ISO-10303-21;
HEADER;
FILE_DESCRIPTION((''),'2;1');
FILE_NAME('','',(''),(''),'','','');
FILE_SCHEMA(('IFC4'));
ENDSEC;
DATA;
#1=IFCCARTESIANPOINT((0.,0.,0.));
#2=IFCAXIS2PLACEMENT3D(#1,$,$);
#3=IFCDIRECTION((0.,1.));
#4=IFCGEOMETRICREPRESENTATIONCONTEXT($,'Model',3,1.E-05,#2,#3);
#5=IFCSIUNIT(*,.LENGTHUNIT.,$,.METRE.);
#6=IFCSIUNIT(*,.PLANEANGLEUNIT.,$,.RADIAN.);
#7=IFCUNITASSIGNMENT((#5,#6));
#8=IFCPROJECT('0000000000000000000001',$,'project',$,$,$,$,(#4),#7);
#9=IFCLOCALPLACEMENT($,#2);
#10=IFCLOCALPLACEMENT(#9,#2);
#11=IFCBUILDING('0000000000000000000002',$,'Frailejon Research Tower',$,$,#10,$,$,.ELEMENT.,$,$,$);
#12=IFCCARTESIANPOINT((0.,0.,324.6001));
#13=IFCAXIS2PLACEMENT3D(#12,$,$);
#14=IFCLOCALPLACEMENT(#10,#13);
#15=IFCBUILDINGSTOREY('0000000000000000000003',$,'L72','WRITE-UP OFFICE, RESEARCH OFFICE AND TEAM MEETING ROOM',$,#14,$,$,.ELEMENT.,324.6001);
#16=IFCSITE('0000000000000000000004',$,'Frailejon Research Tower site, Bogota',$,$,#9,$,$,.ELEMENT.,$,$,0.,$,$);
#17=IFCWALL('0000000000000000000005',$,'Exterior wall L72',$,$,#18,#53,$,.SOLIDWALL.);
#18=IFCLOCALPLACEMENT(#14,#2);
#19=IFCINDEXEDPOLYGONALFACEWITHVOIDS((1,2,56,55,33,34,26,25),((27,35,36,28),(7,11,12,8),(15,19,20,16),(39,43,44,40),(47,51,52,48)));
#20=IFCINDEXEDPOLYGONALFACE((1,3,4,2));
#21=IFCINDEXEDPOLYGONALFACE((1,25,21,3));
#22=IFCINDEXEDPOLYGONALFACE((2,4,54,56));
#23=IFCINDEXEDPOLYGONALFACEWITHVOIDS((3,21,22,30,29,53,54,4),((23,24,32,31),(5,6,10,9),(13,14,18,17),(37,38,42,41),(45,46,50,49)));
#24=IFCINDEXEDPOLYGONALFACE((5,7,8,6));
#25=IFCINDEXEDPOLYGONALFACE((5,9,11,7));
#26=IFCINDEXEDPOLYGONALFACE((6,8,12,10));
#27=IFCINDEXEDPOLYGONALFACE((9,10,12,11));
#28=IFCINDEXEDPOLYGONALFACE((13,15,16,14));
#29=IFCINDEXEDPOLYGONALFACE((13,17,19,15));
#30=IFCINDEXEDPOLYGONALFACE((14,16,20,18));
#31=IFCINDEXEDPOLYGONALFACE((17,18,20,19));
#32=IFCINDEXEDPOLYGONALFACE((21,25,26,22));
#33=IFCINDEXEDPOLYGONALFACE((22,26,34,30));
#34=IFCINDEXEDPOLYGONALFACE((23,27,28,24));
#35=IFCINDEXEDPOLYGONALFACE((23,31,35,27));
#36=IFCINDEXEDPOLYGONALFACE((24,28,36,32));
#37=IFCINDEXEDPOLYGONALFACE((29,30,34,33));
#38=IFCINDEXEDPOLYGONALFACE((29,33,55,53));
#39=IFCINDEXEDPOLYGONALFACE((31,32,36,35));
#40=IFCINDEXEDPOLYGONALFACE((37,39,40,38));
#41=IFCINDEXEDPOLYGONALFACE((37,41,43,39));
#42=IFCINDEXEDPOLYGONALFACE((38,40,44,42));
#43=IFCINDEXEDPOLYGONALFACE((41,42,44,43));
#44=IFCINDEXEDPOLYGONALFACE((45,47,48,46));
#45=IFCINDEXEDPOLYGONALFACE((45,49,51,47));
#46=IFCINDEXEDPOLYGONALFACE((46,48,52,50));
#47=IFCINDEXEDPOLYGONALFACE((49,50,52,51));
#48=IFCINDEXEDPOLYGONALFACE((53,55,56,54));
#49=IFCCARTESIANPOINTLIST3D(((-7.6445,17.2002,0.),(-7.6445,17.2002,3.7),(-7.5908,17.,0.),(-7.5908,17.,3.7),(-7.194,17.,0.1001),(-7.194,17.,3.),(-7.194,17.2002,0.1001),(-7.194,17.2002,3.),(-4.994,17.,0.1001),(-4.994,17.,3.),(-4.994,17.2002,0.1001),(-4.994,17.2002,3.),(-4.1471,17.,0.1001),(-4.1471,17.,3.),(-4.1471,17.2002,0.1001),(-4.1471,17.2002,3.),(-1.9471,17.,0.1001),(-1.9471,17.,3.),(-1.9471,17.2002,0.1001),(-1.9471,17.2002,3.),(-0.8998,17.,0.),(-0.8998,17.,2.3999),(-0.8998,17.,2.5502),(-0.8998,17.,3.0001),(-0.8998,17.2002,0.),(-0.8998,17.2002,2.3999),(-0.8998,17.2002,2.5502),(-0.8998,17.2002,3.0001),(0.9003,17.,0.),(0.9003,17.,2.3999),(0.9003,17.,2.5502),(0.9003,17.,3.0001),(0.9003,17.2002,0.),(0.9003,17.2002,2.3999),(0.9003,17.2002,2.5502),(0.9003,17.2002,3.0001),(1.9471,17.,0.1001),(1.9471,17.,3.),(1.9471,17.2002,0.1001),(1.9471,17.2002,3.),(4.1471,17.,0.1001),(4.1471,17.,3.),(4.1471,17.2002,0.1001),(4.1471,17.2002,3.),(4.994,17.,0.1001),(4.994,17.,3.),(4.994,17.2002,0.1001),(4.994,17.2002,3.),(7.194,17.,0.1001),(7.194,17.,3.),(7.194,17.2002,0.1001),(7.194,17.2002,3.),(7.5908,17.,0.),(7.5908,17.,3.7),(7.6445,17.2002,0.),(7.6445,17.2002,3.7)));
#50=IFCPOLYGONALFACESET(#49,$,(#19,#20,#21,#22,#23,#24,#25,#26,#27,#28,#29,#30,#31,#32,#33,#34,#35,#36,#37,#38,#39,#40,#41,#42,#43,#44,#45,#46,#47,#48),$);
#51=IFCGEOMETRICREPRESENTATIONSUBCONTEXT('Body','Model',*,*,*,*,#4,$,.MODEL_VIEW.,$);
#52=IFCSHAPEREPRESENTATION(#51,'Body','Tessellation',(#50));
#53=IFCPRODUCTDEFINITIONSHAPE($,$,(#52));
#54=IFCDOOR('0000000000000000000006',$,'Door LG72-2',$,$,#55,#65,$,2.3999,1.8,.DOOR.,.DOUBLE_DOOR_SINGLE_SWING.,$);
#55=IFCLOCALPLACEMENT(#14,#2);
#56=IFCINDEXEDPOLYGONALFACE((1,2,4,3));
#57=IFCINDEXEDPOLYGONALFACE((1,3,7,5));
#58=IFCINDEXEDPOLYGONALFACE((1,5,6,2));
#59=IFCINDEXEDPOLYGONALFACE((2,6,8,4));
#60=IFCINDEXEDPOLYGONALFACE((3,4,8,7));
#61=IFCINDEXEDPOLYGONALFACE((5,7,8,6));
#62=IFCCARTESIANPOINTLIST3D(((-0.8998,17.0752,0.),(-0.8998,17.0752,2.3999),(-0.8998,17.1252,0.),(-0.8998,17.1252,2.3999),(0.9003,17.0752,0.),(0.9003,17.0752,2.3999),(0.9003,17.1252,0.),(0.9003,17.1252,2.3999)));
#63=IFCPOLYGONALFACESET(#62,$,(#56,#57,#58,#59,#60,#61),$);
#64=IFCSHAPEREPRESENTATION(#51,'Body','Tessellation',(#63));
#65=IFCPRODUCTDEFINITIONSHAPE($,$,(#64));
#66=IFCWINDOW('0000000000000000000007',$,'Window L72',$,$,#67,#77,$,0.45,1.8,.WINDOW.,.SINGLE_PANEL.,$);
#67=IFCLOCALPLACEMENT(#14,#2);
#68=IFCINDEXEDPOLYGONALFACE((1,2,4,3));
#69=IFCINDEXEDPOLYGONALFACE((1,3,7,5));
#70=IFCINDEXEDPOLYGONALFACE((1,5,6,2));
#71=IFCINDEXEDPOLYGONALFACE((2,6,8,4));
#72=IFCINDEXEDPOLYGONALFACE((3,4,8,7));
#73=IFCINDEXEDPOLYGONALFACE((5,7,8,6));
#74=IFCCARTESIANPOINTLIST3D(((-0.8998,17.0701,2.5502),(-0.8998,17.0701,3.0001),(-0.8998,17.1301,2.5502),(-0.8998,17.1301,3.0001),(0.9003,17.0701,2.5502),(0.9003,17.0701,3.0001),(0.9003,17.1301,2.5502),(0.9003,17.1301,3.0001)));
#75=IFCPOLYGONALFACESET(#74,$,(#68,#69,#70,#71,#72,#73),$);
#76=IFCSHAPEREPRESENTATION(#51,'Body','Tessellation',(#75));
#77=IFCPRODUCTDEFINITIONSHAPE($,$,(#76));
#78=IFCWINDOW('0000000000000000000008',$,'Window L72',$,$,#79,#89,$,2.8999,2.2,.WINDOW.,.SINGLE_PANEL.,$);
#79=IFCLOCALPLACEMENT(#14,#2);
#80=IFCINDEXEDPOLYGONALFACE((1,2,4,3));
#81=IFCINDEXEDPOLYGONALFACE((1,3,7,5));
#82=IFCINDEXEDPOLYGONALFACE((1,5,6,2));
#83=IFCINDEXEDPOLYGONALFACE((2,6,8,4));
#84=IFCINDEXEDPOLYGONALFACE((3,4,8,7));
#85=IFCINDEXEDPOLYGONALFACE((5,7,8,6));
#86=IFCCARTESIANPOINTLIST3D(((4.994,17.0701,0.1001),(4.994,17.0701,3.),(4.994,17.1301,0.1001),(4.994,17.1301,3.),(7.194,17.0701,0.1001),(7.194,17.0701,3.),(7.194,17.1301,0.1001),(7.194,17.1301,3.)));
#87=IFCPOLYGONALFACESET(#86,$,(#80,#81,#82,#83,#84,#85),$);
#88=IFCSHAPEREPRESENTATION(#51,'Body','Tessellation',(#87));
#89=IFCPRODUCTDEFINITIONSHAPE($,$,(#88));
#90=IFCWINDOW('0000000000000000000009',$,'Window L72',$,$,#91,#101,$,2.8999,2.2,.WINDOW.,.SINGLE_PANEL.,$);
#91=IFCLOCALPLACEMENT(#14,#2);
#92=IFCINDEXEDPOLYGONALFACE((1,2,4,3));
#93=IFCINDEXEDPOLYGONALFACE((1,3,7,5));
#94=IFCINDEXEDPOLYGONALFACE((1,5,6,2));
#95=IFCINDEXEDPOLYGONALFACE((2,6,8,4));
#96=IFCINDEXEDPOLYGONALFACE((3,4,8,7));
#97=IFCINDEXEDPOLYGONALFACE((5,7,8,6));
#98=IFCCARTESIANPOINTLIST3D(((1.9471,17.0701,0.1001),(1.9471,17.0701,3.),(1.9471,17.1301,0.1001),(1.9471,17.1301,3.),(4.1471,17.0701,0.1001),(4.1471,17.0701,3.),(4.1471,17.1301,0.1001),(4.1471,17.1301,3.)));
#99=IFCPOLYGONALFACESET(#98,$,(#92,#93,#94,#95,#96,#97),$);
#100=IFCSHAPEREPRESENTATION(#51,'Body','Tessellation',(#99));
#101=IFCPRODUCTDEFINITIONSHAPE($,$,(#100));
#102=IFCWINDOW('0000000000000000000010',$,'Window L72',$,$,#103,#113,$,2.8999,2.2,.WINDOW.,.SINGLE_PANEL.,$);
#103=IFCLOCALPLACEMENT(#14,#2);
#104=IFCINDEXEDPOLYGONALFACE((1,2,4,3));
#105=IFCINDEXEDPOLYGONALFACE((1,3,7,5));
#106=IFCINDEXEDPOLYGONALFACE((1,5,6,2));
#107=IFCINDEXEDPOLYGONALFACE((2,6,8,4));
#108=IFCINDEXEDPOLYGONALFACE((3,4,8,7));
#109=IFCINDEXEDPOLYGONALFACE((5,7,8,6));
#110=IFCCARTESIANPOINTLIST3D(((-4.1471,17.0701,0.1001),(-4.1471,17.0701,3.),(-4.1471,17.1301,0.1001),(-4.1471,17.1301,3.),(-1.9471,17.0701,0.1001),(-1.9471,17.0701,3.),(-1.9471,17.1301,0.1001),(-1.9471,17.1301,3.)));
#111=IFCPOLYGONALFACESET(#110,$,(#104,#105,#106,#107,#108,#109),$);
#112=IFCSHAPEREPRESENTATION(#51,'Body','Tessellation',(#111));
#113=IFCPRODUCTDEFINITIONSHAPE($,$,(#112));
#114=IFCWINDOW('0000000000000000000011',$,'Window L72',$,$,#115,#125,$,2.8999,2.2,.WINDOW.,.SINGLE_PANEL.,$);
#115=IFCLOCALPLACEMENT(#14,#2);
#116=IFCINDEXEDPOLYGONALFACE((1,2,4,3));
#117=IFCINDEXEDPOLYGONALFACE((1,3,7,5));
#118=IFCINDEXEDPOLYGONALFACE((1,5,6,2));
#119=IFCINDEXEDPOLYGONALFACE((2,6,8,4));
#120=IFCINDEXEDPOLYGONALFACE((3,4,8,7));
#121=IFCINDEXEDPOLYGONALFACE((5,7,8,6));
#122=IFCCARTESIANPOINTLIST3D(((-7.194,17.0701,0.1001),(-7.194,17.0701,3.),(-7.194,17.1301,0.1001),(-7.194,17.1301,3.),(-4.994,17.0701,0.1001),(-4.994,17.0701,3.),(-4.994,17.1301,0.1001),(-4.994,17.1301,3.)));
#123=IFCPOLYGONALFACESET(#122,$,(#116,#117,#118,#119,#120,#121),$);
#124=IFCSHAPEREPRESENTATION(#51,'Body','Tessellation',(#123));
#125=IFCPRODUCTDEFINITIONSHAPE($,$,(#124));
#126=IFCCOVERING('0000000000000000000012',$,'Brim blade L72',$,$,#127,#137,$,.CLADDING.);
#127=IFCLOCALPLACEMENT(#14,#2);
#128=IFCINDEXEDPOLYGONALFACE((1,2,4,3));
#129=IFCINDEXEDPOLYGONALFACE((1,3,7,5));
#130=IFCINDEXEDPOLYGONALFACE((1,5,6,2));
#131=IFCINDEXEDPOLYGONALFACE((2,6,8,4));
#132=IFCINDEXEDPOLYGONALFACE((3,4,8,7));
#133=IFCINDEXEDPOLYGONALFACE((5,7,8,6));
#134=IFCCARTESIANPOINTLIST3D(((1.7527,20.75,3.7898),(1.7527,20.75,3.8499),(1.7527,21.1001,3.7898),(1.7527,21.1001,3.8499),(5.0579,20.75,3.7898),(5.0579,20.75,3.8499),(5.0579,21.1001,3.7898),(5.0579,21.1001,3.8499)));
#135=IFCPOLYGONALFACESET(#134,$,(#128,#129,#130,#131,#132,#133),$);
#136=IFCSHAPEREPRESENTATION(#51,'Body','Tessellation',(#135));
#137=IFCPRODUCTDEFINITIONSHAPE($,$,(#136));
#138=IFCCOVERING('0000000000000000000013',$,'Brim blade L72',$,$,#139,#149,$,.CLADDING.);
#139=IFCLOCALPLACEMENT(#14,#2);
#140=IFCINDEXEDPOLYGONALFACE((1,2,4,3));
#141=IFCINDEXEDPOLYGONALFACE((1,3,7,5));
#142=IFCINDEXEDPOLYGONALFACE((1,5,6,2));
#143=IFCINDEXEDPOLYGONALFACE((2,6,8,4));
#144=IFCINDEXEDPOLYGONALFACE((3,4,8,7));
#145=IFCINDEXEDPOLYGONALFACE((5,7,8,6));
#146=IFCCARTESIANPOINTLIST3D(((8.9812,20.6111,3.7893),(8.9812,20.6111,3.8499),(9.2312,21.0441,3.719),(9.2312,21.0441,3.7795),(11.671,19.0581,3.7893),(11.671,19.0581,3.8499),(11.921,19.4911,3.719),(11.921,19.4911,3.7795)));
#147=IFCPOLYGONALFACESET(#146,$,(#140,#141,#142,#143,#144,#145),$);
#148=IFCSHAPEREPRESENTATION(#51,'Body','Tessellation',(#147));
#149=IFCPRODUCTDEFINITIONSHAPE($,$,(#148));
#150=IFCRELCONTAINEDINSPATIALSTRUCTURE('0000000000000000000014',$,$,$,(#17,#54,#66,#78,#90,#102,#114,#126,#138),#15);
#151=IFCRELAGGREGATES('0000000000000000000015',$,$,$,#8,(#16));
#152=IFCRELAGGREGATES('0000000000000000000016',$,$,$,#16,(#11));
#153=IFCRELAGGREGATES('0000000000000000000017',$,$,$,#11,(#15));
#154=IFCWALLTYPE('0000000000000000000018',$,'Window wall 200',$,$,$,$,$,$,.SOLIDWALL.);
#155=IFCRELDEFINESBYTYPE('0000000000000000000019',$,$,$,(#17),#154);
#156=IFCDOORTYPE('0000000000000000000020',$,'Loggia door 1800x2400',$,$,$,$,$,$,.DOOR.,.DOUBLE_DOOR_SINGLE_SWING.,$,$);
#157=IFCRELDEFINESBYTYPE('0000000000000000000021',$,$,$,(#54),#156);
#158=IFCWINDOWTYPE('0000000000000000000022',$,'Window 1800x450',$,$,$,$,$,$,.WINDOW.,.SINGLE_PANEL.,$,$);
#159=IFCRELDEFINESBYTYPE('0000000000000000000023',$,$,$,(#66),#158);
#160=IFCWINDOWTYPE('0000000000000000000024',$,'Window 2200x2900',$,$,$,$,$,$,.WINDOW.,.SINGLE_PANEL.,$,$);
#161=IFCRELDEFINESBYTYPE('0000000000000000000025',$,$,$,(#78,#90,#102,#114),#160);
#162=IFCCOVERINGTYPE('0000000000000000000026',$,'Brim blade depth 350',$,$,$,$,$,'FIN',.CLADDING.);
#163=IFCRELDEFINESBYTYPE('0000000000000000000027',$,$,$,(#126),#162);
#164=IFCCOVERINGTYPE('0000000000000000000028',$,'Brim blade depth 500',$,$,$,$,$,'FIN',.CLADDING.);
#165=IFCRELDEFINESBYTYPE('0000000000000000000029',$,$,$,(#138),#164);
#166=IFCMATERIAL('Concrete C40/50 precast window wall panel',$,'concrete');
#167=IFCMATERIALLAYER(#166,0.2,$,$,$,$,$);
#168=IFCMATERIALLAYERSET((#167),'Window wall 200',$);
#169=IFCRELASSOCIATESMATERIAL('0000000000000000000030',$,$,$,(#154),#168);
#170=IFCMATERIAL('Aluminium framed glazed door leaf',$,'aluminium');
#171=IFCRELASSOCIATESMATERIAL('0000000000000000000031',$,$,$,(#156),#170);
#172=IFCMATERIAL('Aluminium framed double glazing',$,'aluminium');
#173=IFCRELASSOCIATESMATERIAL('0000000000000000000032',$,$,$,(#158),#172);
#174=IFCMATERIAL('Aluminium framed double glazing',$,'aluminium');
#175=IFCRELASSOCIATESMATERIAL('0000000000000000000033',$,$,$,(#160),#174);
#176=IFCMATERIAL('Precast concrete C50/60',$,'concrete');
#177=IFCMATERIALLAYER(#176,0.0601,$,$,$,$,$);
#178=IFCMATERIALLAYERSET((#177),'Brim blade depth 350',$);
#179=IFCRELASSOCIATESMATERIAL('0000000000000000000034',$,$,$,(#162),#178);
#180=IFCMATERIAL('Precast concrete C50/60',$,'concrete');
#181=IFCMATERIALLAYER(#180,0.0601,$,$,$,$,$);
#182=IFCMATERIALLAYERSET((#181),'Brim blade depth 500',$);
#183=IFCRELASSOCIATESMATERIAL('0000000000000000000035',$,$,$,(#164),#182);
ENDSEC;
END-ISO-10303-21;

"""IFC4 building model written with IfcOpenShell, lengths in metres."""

from ifc_helpers import new_model, si_unit, direction, frame, frame_2d, origin, place, context, subcontext, project, spatial, polyline, rectangle, outline, extrude, material, layer, layer_set, type_object, element, fill, save


model = new_model("IFC4")

# Units and contexts
model_context = context("Model", 3, precision=1e-05, world=origin(), true_north=direction((0.0, 1.0)))
body_context = subcontext(model_context, "Body", "Model", "MODEL_VIEW")
ifc_project = project(units=[si_unit("LENGTHUNIT", "METRE"), si_unit("PLANEANGLEUNIT", "RADIAN")], contexts=[model_context])

# Site, building, storey
site_placement = place(None, origin())
site = spatial("IfcSite", under=ifc_project, at=site_placement, Name="Frailejon Research Tower site, Bogota", CompositionType="ELEMENT", RefElevation=0.0)
building_placement = place(site_placement, origin())
building = spatial("IfcBuilding", under=site, at=building_placement, Name="Frailejon Research Tower", CompositionType="ELEMENT")
storey_placement = place(building_placement, frame((0.0, 0.0, 324.6001)))
storey = spatial("IfcBuildingStorey", under=building, at=storey_placement, Name="L72", Description="WRITE-UP OFFICE, RESEARCH OFFICE AND TEAM MEETING ROOM", CompositionType="ELEMENT", Elevation=324.6001)

# Wall, openings, door, windows
ifc_material_1 = material(Name="Concrete C40/50 precast window wall panel", Category="concrete")
ifc_layer_1 = layer(ifc_material_1, 0.2)
ifc_layer_set_1 = layer_set([ifc_layer_1], Name="Window wall 200")
wall_type = type_object("IfcWallType", Name="Window wall 200", PredefinedType="SOLIDWALL", material=ifc_layer_set_1)
wall_placement = place(storey_placement, frame((7.6177, 17.1001, 0.0), z_axis=(0.0, 0.0, 1.0), x_axis=(-1.0, 0.0, 0.0)))
wall = element("IfcWall", 1, at=wall_placement, inside=storey, type_object=wall_type, Name="Exterior wall L72", PredefinedType="SOLIDWALL", context=body_context, shape_type="SweptSolid", body=[
    extrude(outline(polyline([(-0.0269, -0.1001), (0.9924, -0.1001), (2.0117, -0.1001), (3.031, -0.1001), (4.0503, -0.1001), (5.0696, -0.1001), (6.0889, -0.1001), (7.1082, -0.1001), (8.1272, -0.1001), (9.1465, -0.1001), (10.1658, -0.1001), (11.1851, -0.1001), (12.2043, -0.1001), (13.2236, -0.1001), (14.2429, -0.1001), (15.2622, -0.1001), (15.2085, 0.1001), (14.1963, 0.1001), (13.1843, 0.1001), (12.1721, 0.1001), (11.1602, 0.1001), (10.1479, 0.1001), (9.1357, 0.1001), (8.1238, 0.1001), (7.1116, 0.1001), (6.0996, 0.1001), (5.0874, 0.1001), (4.0752, 0.1001), (3.0632, 0.1001), (2.051, 0.1001), (1.0391, 0.1001), (0.0269, 0.1001), (-0.0269, -0.1001)])), origin(), (0.0, 0.0, 1.0), 3.7),
])
opening_1_placement = place(wall_placement, frame((0.4236, 0.0, 0.1001)))
opening_1 = element("IfcOpeningElement", 2, at=opening_1_placement, cuts=wall, PredefinedType="OPENING", context=body_context, shape_type="SweptSolid", body=[
    extrude(rectangle(XDim=2.2, YDim=2.8999, at=frame_2d((1.1001, 1.45))), frame((0.0, 0.1099, 0.0), z_axis=(0.0, -1.0, 0.0), x_axis=(1.0, 0.0, 0.0)), (0.0, 0.0, 1.0), 0.22),
])
opening_2_placement = place(wall_placement, frame((3.4705, 0.0, 0.1001)))
opening_2 = element("IfcOpeningElement", 3, at=opening_2_placement, cuts=wall, PredefinedType="OPENING", context=body_context, shape_type="SweptSolid", body=[
    extrude(rectangle(XDim=2.2, YDim=2.8999, at=frame_2d((1.1001, 1.45))), frame((0.0, 0.1099, 0.0), z_axis=(0.0, -1.0, 0.0), x_axis=(1.0, 0.0, 0.0)), (0.0, 0.0, 1.0), 0.22),
])
opening_3_placement = place(wall_placement, frame((6.7175, 0.0, 0.0)))
opening_3 = element("IfcOpeningElement", 4, at=opening_3_placement, cuts=wall, PredefinedType="OPENING", context=body_context, shape_type="SweptSolid", body=[
    extrude(rectangle(XDim=1.8, YDim=2.3999, at=frame_2d((0.8999, 1.2))), frame((0.0, 0.1099, 0.0), z_axis=(0.0, -1.0, 0.0), x_axis=(1.0, 0.0, 0.0)), (0.0, 0.0, 1.0), 0.22),
])
opening_4_placement = place(wall_placement, frame((6.7175, 0.0, 2.55)))
opening_4 = element("IfcOpeningElement", 5, at=opening_4_placement, cuts=wall, PredefinedType="OPENING", context=body_context, shape_type="SweptSolid", body=[
    extrude(rectangle(XDim=1.8, YDim=0.45, at=frame_2d((0.8999, 0.2251))), frame((0.0, 0.1099, 0.0), z_axis=(0.0, -1.0, 0.0), x_axis=(1.0, 0.0, 0.0)), (0.0, 0.0, 1.0), 0.22),
])
opening_5_placement = place(wall_placement, frame((9.5647, 0.0, 0.1001)))
opening_5 = element("IfcOpeningElement", 6, at=opening_5_placement, cuts=wall, PredefinedType="OPENING", context=body_context, shape_type="SweptSolid", body=[
    extrude(rectangle(XDim=2.2, YDim=2.8999, at=frame_2d((1.1001, 1.45))), frame((0.0, 0.1099, 0.0), z_axis=(0.0, -1.0, 0.0), x_axis=(1.0, 0.0, 0.0)), (0.0, 0.0, 1.0), 0.22),
])
opening_6_placement = place(wall_placement, frame((12.6116, 0.0, 0.1001)))
opening_6 = element("IfcOpeningElement", 7, at=opening_6_placement, cuts=wall, PredefinedType="OPENING", context=body_context, shape_type="SweptSolid", body=[
    extrude(rectangle(XDim=2.2, YDim=2.8999, at=frame_2d((1.1001, 1.45))), frame((0.0, 0.1099, 0.0), z_axis=(0.0, -1.0, 0.0), x_axis=(1.0, 0.0, 0.0)), (0.0, 0.0, 1.0), 0.22),
])
ifc_material_2 = material(Name="Aluminium framed glazed door leaf", Category="aluminium")
door_type = type_object("IfcDoorType", Name="Loggia door 1800x2400", OperationType="DOUBLE_DOOR_SINGLE_SWING", PredefinedType="DOOR", material=ifc_material_2)
door_placement = place(opening_3_placement, origin())
door = element("IfcDoor", 8, at=door_placement, inside=storey, type_object=door_type, Name="Door LG72-2", OperationType="DOUBLE_DOOR_SINGLE_SWING", OverallHeight=2.3999, OverallWidth=1.8, PredefinedType="DOOR", context=body_context, shape_type="SweptSolid", body=[
    extrude(rectangle(XDim=1.8, YDim=2.3999, at=frame_2d((0.8999, 1.2))), frame((0.0, 0.0249, 0.0), z_axis=(0.0, -1.0, 0.0), x_axis=(1.0, 0.0, 0.0)), (0.0, 0.0, 1.0), 0.05),
])
fill(opening_3, door)
ifc_material_3 = material(Name="Aluminium framed double glazing", Category="aluminium")
window_type_1 = type_object("IfcWindowType", Name="Window 1800x450", PartitioningType="SINGLE_PANEL", PredefinedType="WINDOW", material=ifc_material_3)
window_1_placement = place(opening_4_placement, origin())
window_1 = element("IfcWindow", 9, at=window_1_placement, inside=storey, type_object=window_type_1, Name="Window L72", OverallHeight=0.45, OverallWidth=1.8, PartitioningType="SINGLE_PANEL", PredefinedType="WINDOW", context=body_context, shape_type="SweptSolid", body=[
    extrude(rectangle(XDim=1.8, YDim=0.45, at=frame_2d((0.8999, 0.2251))), frame((0.0, 0.03, 0.0), z_axis=(0.0, -1.0, 0.0), x_axis=(1.0, 0.0, 0.0)), (0.0, 0.0, 1.0), 0.0601),
])
fill(opening_4, window_1)
ifc_material_4 = material(Name="Aluminium framed double glazing", Category="aluminium")
window_type_2 = type_object("IfcWindowType", Name="Window 2200x2900", PartitioningType="SINGLE_PANEL", PredefinedType="WINDOW", material=ifc_material_4)
window_2_placement = place(opening_1_placement, origin())
window_2 = element("IfcWindow", 10, at=window_2_placement, inside=storey, type_object=window_type_2, Name="Window L72", OverallHeight=2.8999, OverallWidth=2.2, PartitioningType="SINGLE_PANEL", PredefinedType="WINDOW", context=body_context, shape_type="SweptSolid", body=[
    extrude(rectangle(XDim=2.2, YDim=2.8999, at=frame_2d((1.1001, 1.45))), frame((0.0, 0.03, 0.0), z_axis=(0.0, -1.0, 0.0), x_axis=(1.0, 0.0, 0.0)), (0.0, 0.0, 1.0), 0.0601),
])
fill(opening_1, window_2)
window_3_placement = place(opening_2_placement, origin())
window_3 = element("IfcWindow", 11, at=window_3_placement, inside=storey, type_object=window_type_2, Name="Window L72", OverallHeight=2.8999, OverallWidth=2.2, PartitioningType="SINGLE_PANEL", PredefinedType="WINDOW", context=body_context, shape_type="SweptSolid", body=[
    extrude(rectangle(XDim=2.2, YDim=2.8999, at=frame_2d((1.1001, 1.45))), frame((0.0, 0.03, 0.0), z_axis=(0.0, -1.0, 0.0), x_axis=(1.0, 0.0, 0.0)), (0.0, 0.0, 1.0), 0.0601),
])
fill(opening_2, window_3)
window_4_placement = place(opening_5_placement, origin())
window_4 = element("IfcWindow", 12, at=window_4_placement, inside=storey, type_object=window_type_2, Name="Window L72", OverallHeight=2.8999, OverallWidth=2.2, PartitioningType="SINGLE_PANEL", PredefinedType="WINDOW", context=body_context, shape_type="SweptSolid", body=[
    extrude(rectangle(XDim=2.2, YDim=2.8999, at=frame_2d((1.1001, 1.45))), frame((0.0, 0.03, 0.0), z_axis=(0.0, -1.0, 0.0), x_axis=(1.0, 0.0, 0.0)), (0.0, 0.0, 1.0), 0.0601),
])
fill(opening_5, window_4)
window_5_placement = place(opening_6_placement, origin())
window_5 = element("IfcWindow", 13, at=window_5_placement, inside=storey, type_object=window_type_2, Name="Window L72", OverallHeight=2.8999, OverallWidth=2.2, PartitioningType="SINGLE_PANEL", PredefinedType="WINDOW", context=body_context, shape_type="SweptSolid", body=[
    extrude(rectangle(XDim=2.2, YDim=2.8999, at=frame_2d((1.1001, 1.45))), frame((0.0, 0.03, 0.0), z_axis=(0.0, -1.0, 0.0), x_axis=(1.0, 0.0, 0.0)), (0.0, 0.0, 1.0), 0.0601),
])
fill(opening_6, window_5)

# Coverings
ifc_material_5 = material(Name="Precast concrete C50/60", Category="concrete")
ifc_layer_2 = layer(ifc_material_5, 0.0601)
ifc_layer_set_2 = layer_set([ifc_layer_2], Name="Brim blade depth 350")
covering_type_1 = type_object("IfcCoveringType", Name="Brim blade depth 350", ElementType="FIN", PredefinedType="CLADDING", material=ifc_layer_set_2)
covering_1_placement = place(storey_placement, frame((1.7527, 20.75, 3.8499), z_axis=(1.0, 0.0, 0.0), x_axis=(0.0, 1.0, 0.0)))
element("IfcCovering", 14, at=covering_1_placement, inside=storey, type_object=covering_type_1, Name="Brim blade L72", PredefinedType="CLADDING", context=body_context, shape_type="SweptSolid", body=[
    extrude(outline(polyline([(0.0, -0.0601), (0.3501, -0.0601), (0.3501, 0.0), (0.0, 0.0), (0.0, -0.0601)])), origin(), (0.0, 0.0, 1.0), 3.3052),
])
ifc_material_6 = material(Name="Precast concrete C50/60", Category="concrete")
ifc_layer_3 = layer(ifc_material_6, 0.0601)
ifc_layer_set_3 = layer_set([ifc_layer_3], Name="Brim blade depth 500")
covering_type_2 = type_object("IfcCoveringType", Name="Brim blade depth 500", ElementType="FIN", PredefinedType="CLADDING", material=ifc_layer_set_3)
covering_2_placement = place(storey_placement, frame((8.9812, 20.6111, 3.8499), z_axis=(0.866027, -0.499997, 0.0), x_axis=(0.499997, 0.866027, 0.0)))
element("IfcCovering", 15, at=covering_2_placement, inside=storey, type_object=covering_type_2, Name="Brim blade L72", PredefinedType="CLADDING", context=body_context, shape_type="SweptSolid", body=[
    extrude(outline(polyline([(0.0, -0.0605), (0.5, -0.1309), (0.5, -0.0703), (0.0, 0.0), (0.0, -0.0605)])), origin(), (0.0, 0.0, 1.0), 3.106),
])

save(model, "model.ifc")
